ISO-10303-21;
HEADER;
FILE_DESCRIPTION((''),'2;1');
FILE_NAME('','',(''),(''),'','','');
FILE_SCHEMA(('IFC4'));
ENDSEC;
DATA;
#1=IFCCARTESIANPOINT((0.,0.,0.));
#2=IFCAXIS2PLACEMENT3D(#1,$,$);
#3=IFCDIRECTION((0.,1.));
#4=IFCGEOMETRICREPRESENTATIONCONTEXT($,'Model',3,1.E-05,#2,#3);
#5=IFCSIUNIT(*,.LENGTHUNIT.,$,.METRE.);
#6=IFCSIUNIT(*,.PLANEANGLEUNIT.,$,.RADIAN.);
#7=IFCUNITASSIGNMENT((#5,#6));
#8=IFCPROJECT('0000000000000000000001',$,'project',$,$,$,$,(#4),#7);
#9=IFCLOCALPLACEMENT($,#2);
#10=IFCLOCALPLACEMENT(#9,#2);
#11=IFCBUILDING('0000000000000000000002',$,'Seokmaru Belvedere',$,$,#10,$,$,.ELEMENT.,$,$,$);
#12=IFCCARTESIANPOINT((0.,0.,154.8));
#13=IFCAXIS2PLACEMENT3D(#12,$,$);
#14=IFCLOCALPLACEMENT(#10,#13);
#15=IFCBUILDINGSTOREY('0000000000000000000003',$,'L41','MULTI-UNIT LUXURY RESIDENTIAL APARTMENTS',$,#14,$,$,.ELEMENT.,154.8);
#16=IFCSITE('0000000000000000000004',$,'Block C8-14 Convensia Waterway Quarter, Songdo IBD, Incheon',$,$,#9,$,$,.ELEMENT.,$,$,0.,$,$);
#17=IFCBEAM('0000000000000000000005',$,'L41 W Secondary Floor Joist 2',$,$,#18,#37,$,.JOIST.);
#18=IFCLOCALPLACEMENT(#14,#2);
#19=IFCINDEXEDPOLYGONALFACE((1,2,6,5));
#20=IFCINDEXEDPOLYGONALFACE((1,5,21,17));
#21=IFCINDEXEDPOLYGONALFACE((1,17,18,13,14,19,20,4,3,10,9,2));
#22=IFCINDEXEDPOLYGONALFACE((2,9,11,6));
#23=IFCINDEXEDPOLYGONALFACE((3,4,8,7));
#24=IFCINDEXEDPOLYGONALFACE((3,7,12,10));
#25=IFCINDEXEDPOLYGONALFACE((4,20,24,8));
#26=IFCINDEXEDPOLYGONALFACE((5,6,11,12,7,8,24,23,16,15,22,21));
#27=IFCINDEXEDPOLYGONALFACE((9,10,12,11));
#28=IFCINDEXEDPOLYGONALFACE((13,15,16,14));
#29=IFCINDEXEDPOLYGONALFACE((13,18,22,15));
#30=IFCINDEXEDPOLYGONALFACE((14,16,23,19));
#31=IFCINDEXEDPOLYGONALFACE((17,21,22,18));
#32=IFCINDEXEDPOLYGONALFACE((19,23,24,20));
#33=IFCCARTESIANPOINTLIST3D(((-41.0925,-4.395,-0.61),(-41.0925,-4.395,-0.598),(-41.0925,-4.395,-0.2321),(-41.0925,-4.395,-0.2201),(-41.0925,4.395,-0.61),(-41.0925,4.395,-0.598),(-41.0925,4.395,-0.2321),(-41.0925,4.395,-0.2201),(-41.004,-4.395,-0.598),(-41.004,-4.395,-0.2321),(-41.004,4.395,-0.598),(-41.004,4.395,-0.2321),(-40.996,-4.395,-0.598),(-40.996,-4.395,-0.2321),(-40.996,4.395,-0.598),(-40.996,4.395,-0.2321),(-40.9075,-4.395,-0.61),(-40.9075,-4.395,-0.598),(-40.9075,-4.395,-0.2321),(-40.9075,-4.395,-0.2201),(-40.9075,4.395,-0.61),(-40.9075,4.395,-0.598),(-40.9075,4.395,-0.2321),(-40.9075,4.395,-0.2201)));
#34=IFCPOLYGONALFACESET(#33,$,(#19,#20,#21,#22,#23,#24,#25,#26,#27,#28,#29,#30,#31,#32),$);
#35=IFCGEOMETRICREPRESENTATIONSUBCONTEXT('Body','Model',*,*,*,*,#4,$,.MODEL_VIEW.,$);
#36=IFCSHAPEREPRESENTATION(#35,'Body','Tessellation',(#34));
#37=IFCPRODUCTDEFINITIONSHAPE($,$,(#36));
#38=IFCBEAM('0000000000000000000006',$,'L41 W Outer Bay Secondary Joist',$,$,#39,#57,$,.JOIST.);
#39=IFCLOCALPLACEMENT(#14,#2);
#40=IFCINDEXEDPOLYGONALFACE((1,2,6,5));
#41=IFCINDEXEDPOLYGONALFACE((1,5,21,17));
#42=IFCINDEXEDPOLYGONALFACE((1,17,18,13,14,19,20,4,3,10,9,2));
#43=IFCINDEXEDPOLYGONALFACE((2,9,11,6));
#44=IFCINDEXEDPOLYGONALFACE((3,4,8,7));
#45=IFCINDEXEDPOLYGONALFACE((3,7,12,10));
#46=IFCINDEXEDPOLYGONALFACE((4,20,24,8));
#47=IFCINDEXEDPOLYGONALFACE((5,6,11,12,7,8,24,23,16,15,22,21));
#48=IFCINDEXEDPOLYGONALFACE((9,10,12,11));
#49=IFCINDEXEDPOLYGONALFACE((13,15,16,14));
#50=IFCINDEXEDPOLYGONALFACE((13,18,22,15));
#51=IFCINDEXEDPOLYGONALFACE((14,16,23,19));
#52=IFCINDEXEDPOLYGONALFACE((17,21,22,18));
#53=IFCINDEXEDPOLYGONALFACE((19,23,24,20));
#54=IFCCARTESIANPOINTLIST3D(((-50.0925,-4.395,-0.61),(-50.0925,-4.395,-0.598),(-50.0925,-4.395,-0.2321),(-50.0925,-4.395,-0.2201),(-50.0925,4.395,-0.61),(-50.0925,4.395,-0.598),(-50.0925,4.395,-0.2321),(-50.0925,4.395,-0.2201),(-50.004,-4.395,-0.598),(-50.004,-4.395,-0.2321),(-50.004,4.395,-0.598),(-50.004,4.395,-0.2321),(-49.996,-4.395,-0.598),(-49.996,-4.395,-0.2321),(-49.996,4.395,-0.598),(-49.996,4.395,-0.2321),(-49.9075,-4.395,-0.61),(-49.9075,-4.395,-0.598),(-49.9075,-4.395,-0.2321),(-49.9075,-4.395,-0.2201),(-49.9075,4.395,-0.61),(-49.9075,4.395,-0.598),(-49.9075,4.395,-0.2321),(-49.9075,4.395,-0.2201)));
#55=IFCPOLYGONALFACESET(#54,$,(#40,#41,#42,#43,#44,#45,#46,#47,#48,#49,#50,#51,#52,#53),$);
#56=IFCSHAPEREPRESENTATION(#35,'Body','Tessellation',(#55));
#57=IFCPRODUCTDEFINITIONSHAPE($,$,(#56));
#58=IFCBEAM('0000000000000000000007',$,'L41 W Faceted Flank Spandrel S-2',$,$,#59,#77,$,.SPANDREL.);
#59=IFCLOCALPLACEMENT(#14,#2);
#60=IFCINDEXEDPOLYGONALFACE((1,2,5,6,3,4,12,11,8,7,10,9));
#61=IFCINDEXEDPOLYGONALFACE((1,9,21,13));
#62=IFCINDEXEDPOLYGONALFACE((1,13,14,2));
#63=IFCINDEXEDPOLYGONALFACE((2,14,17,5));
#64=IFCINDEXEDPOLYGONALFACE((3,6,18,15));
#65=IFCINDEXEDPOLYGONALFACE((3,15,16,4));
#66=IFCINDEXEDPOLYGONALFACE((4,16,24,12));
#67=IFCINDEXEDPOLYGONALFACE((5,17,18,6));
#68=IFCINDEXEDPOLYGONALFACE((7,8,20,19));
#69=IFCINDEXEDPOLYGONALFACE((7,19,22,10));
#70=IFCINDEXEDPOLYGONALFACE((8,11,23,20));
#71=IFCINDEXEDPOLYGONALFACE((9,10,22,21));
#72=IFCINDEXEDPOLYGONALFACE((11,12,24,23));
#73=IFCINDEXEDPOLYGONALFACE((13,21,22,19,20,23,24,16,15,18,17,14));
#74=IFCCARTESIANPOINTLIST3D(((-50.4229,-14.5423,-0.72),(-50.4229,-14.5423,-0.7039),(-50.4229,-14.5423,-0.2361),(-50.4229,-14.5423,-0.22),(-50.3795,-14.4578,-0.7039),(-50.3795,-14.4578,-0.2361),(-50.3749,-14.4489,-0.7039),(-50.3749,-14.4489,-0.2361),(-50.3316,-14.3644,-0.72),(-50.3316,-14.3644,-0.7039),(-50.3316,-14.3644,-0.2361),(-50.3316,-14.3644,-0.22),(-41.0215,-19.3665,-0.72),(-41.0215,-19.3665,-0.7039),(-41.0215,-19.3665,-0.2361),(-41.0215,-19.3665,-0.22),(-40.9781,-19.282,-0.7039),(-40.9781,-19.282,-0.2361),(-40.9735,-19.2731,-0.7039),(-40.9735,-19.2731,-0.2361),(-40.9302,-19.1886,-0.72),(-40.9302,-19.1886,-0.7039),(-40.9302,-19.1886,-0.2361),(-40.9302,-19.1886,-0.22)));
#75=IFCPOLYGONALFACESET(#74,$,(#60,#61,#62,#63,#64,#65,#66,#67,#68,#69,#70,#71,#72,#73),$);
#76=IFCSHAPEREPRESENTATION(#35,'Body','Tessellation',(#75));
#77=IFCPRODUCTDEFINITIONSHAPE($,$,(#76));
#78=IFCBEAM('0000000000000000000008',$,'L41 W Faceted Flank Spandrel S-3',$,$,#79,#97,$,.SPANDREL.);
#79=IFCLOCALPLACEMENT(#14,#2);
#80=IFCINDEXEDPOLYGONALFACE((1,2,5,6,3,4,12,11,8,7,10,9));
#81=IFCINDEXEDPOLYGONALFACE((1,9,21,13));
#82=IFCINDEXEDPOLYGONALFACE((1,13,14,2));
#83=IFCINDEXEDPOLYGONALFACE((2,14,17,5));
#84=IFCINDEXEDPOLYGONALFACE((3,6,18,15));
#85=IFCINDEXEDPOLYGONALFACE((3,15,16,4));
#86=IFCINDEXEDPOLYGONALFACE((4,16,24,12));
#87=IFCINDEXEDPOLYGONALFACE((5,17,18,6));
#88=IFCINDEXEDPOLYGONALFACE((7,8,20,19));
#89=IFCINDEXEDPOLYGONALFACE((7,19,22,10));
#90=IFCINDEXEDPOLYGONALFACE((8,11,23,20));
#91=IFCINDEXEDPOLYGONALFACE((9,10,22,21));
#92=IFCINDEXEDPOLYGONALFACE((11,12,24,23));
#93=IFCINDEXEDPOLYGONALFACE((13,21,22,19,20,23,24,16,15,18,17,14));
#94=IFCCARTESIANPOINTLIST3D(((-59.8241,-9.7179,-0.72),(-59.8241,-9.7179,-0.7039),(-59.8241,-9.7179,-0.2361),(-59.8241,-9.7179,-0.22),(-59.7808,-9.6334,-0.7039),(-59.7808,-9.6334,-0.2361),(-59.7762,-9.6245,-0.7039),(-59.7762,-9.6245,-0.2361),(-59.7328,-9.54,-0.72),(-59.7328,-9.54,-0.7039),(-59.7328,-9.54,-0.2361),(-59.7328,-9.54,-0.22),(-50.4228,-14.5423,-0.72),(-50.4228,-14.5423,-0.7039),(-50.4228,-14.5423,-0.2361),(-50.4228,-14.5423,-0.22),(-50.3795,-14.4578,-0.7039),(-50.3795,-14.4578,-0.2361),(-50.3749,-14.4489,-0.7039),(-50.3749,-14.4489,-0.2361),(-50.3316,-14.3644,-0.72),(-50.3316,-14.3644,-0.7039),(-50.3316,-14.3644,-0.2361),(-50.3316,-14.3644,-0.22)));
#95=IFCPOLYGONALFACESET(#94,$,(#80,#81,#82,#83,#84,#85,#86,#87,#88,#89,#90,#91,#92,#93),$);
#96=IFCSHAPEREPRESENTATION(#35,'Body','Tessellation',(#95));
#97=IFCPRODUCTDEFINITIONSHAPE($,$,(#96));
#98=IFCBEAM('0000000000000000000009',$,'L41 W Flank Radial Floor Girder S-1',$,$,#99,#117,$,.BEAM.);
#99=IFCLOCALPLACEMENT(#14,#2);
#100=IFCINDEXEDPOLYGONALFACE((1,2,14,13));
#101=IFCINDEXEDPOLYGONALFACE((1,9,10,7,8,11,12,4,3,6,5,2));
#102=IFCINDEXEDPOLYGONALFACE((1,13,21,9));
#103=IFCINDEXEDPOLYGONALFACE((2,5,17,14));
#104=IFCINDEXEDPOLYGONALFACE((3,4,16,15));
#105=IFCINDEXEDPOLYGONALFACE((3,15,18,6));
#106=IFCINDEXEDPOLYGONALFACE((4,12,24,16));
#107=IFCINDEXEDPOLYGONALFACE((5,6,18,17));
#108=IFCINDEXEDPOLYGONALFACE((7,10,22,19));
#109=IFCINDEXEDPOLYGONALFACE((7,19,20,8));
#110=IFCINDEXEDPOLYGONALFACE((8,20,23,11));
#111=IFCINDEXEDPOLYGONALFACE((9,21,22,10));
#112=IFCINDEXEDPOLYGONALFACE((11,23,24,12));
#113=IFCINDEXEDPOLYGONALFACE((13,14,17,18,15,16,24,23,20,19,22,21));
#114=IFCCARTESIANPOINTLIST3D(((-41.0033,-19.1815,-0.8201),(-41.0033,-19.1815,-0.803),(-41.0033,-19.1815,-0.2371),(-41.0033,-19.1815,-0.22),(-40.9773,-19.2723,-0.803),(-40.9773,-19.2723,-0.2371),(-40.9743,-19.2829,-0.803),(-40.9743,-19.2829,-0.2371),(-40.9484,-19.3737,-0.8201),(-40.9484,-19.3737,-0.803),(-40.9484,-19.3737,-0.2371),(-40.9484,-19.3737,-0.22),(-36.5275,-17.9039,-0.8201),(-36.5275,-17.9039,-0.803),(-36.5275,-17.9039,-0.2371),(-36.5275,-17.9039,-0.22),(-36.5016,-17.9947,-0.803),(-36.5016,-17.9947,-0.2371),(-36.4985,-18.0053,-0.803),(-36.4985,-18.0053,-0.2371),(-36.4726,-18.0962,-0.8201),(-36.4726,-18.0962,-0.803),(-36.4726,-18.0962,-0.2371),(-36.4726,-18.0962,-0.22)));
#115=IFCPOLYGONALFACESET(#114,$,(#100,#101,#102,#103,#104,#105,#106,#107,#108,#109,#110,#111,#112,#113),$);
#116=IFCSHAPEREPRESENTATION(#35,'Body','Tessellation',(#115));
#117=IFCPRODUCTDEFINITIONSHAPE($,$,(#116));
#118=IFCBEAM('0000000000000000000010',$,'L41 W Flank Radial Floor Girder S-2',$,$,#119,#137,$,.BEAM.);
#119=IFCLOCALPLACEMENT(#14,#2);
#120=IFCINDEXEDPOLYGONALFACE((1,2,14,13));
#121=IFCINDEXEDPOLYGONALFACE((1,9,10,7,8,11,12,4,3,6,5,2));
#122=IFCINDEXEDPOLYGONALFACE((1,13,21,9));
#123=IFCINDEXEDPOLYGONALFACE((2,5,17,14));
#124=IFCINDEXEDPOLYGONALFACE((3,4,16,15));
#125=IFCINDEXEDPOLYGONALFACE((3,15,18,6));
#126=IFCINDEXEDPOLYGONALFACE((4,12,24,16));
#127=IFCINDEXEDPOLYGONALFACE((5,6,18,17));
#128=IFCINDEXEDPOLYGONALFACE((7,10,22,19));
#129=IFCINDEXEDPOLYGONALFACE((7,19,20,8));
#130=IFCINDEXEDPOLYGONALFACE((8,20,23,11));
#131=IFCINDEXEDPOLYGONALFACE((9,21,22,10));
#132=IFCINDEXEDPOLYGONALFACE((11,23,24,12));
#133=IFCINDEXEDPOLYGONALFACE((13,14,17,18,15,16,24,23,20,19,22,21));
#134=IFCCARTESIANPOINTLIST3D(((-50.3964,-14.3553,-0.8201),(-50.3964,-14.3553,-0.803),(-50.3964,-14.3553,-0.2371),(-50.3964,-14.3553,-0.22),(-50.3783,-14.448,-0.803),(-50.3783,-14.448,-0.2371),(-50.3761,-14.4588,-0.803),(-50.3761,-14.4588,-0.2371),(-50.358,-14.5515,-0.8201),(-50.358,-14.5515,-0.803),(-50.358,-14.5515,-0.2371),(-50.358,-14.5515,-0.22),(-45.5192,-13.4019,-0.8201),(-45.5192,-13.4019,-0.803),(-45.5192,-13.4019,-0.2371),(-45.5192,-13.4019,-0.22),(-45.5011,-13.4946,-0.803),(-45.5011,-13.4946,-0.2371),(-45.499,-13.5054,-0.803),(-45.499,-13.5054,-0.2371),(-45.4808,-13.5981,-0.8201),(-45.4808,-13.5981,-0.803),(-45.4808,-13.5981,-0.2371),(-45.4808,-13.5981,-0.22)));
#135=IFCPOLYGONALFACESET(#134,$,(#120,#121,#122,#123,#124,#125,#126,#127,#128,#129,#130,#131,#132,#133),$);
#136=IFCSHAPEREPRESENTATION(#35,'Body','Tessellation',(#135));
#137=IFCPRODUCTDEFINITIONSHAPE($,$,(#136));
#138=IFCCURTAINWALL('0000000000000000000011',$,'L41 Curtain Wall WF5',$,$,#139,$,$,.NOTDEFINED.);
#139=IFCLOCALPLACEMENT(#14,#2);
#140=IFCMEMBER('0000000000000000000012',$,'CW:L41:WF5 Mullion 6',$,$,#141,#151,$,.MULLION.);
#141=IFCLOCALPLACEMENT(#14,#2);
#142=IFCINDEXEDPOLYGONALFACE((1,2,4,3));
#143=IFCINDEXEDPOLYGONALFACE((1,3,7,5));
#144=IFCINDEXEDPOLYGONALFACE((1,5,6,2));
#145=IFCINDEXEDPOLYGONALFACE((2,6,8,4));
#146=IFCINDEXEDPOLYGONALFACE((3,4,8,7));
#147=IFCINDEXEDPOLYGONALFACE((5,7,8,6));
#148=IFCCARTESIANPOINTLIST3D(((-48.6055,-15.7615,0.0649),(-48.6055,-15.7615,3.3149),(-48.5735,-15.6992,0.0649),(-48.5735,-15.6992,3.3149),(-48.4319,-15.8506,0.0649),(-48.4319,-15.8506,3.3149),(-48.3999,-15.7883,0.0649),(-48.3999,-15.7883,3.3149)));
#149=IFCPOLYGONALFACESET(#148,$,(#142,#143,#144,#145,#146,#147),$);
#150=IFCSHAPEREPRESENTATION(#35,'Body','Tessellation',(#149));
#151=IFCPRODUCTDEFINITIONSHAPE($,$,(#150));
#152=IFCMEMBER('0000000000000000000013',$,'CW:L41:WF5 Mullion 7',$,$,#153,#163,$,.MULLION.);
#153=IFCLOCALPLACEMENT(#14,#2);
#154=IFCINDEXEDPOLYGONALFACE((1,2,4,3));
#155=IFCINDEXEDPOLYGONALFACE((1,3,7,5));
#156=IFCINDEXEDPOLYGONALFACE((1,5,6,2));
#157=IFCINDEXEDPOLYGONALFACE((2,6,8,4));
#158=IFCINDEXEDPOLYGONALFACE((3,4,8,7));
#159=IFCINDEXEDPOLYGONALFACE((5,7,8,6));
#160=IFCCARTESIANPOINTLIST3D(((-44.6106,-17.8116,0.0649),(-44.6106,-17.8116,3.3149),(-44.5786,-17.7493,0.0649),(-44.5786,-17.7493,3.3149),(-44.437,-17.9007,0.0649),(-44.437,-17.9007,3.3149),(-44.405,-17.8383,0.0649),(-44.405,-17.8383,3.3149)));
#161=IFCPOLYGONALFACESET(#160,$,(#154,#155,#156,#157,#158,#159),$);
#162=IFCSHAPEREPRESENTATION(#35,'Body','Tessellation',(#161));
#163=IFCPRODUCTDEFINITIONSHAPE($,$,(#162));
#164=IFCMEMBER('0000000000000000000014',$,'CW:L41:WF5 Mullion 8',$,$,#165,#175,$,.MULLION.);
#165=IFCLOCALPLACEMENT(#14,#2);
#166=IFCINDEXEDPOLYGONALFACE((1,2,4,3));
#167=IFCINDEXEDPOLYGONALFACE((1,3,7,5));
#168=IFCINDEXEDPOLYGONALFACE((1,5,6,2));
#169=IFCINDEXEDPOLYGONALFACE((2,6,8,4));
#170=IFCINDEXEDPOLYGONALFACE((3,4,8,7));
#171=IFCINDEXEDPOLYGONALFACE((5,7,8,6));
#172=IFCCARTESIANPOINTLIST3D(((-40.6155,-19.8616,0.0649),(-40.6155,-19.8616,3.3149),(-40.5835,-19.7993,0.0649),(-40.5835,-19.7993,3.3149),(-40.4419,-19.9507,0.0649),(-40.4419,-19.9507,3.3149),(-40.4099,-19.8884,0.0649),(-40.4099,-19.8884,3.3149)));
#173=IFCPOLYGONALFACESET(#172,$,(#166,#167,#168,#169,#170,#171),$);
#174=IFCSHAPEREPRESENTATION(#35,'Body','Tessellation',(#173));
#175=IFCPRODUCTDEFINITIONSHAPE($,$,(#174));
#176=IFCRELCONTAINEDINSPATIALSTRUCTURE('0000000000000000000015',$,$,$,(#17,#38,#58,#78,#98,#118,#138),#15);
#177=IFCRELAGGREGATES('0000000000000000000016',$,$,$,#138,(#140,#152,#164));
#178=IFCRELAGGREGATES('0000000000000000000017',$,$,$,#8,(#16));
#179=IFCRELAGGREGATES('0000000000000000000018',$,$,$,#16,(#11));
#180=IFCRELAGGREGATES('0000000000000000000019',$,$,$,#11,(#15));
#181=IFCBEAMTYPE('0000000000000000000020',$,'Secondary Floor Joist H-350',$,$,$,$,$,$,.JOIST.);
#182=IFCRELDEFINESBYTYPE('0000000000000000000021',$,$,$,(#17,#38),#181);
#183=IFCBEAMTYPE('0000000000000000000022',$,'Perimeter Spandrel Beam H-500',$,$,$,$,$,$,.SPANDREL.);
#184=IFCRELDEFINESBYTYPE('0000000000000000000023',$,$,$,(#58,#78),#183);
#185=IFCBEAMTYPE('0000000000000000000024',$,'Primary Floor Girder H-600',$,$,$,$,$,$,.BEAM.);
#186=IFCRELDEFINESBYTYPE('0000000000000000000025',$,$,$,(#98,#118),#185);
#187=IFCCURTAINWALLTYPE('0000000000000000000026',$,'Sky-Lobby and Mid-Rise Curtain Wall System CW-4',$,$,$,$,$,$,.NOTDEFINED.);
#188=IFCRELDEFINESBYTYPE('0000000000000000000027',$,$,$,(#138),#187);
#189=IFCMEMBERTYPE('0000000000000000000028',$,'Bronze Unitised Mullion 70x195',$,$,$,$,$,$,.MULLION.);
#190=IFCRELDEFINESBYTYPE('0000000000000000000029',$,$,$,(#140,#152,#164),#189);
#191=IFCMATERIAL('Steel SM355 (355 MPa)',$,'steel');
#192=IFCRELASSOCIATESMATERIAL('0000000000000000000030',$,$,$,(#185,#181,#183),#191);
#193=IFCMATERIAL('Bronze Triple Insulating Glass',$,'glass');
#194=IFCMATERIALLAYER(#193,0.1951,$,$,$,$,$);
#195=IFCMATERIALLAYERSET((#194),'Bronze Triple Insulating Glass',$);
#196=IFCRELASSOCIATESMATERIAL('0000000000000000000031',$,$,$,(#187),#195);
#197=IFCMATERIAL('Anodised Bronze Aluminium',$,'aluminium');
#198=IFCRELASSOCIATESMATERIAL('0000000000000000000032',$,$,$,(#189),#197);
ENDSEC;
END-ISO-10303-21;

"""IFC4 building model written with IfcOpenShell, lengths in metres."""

from ifc_helpers import new_model, si_unit, direction, frame, origin, origin_2d, place, context, subcontext, project, spatial, rectangle, i_section, extrude, source, transform, mapped, material, layer, layer_set, material_profile, profile_set, type_object, type_shapes, element, aggregate, save


model = new_model("IFC4")

# Units and contexts
model_context = context("Model", 3, precision=1e-05, world=origin(), true_north=direction((0.0, 1.0)))
body_context = subcontext(model_context, "Body", "Model", "MODEL_VIEW")
ifc_project = project(units=[si_unit("LENGTHUNIT", "METRE"), si_unit("PLANEANGLEUNIT", "RADIAN")], contexts=[model_context])

# Site, building, storey
site_placement = place(None, origin())
site = spatial("IfcSite", under=ifc_project, at=site_placement, Name="Block C8-14 Convensia Waterway Quarter, Songdo IBD, Incheon", CompositionType="ELEMENT", RefElevation=0.0)
building_placement = place(site_placement, origin())
building = spatial("IfcBuilding", under=site, at=building_placement, Name="Seokmaru Belvedere", CompositionType="ELEMENT")
storey_placement = place(building_placement, frame((0.0, 0.0, 154.8)))
storey = spatial("IfcBuildingStorey", under=building, at=storey_placement, Name="L41", Description="MULTI-UNIT LUXURY RESIDENTIAL APARTMENTS", CompositionType="ELEMENT", Elevation=154.8)

# Shared definitions
ifc_material_1 = material(Name="Steel SM355 (355 MPa)", Category="steel")

# Beams
ifc_material_profile_1 = material_profile(ifc_material_1, i_section(OverallWidth=0.2, OverallDepth=0.6001, WebThickness=0.011, FlangeThickness=0.0171, at=origin_2d()), Name="H-600x200x11x17")
ifc_profile_set_1 = profile_set([ifc_material_profile_1], Name="Steel SM355 (355 MPa)")
beam_type_1 = type_object("IfcBeamType", Name="Primary Floor Girder H-600", PredefinedType="BEAM", material=ifc_profile_set_1)
ifc_material_profile_2 = material_profile(ifc_material_1, i_section(OverallWidth=0.1851, OverallDepth=0.3899, WebThickness=0.0081, FlangeThickness=0.012, at=origin_2d()), Name="H-390x185x8x12")
ifc_profile_set_2 = profile_set([ifc_material_profile_2], Name="Steel SM355 (355 MPa)")
beam_type_2 = type_object("IfcBeamType", Name="Secondary Floor Joist H-350", PredefinedType="JOIST", material=ifc_profile_set_2)
shared_shape_1 = source(origin(), body_context, "Body", "SweptSolid", [
    extrude(i_section(OverallWidth=0.1851, OverallDepth=0.3899, WebThickness=0.0081, FlangeThickness=0.012, at=origin_2d()), origin(), (0.0, 0.0, 1.0), 8.79),
])
type_shapes(beam_type_2, [shared_shape_1])
for number, where, z_axis, x_axis, name in (
    (1, (-41.0, -4.395, -0.415), (0.0, 1.0, 0.0), (-1.0, 0.0, 0.0), "L41 W Secondary Floor Joist 2"),
    (2, (-50.0, -4.395, -0.415), (0.0, 1.0, 0.0), (-1.0, 0.0, 0.0), "L41 W Outer Bay Secondary Joist"),
):
    element("IfcBeam", number, at=place(storey_placement, frame(where, z_axis=z_axis, x_axis=x_axis)), inside=storey, type_object=beam_type_2, Name=name, PredefinedType="JOIST", context=body_context, shape_type="MappedRepresentation", body=[
        mapped(shared_shape_1, transform((0.0, 0.0, 0.0), scale=1.0)),
    ])
ifc_material_profile_3 = material_profile(ifc_material_1, i_section(OverallWidth=0.2, OverallDepth=0.5, WebThickness=0.01, FlangeThickness=0.0161, at=origin_2d()), Name="H-500x200x10x16")
ifc_profile_set_3 = profile_set([ifc_material_profile_3], Name="Steel SM355 (355 MPa)")
beam_type_3 = type_object("IfcBeamType", Name="Perimeter Spandrel Beam H-500", PredefinedType="SPANDREL", material=ifc_profile_set_3)
shared_shape_2 = source(origin(), body_context, "Body", "SweptSolid", [
    extrude(i_section(OverallWidth=0.2, OverallDepth=0.5, WebThickness=0.01, FlangeThickness=0.0161, at=origin_2d()), origin(), (0.0, 0.0, 1.0), 10.5669),
])
type_shapes(beam_type_3, [shared_shape_2])
for number, where, z_axis, x_axis, name in (
    (3, (-40.9758, -19.2776, -0.47), (-0.889702, 0.456542, 0.0), (-0.456542, -0.889702, 0.0), "L41 W Faceted Flank Spandrel S-2"),
    (4, (-50.3772, -14.4534, -0.47), (-0.889693, 0.45656, 0.0), (-0.45656, -0.889693, 0.0), "L41 W Faceted Flank Spandrel S-3"),
):
    element("IfcBeam", number, at=place(storey_placement, frame(where, z_axis=z_axis, x_axis=x_axis)), inside=storey, type_object=beam_type_3, Name=name, PredefinedType="SPANDREL", context=body_context, shape_type="MappedRepresentation", body=[
        mapped(shared_shape_2, transform((0.0, 0.0, 0.0), scale=1.0)),
    ])
shared_shape_3 = source(origin(), body_context, "Body", "SweptSolid", [
    extrude(i_section(OverallWidth=0.2, OverallDepth=0.6001, WebThickness=0.011, FlangeThickness=0.0171, at=origin_2d()), origin(), (0.0, 0.0, 1.0), 4.6545),
])
beam_1_placement = place(storey_placement, frame((-40.9758, -19.2776, -0.52), z_axis=(0.961593, 0.274479, 0.0), x_axis=(-0.274479, 0.961593, 0.0)))
element("IfcBeam", 5, at=beam_1_placement, inside=storey, type_object=beam_type_1, Name="L41 W Flank Radial Floor Girder S-1", PredefinedType="BEAM", context=body_context, shape_type="MappedRepresentation", body=[
    mapped(shared_shape_3, transform((0.0, 0.0, 0.0), scale=1.0)),
])
shared_shape_4 = source(origin(), body_context, "Body", "SweptSolid", [
    extrude(i_section(OverallWidth=0.2, OverallDepth=0.6001, WebThickness=0.011, FlangeThickness=0.0171, at=origin_2d()), origin(), (0.0, 0.0, 1.0), 4.9695),
])
beam_2_placement = place(storey_placement, frame((-50.3772, -14.4534, -0.52), z_axis=(0.981425, 0.191844, 0.0), x_axis=(-0.191844, 0.981425, 0.0)))
element("IfcBeam", 6, at=beam_2_placement, inside=storey, type_object=beam_type_1, Name="L41 W Flank Radial Floor Girder S-2", PredefinedType="BEAM", context=body_context, shape_type="MappedRepresentation", body=[
    mapped(shared_shape_4, transform((0.0, 0.0, 0.0), scale=1.0)),
])

# Curtain wall, members
ifc_material_2 = material(Name="Bronze Triple Insulating Glass", Category="glass")
ifc_layer_1 = layer(ifc_material_2, 0.1951)
ifc_layer_set_1 = layer_set([ifc_layer_1], Name="Bronze Triple Insulating Glass")
curtain_wall_type = type_object("IfcCurtainWallType", Name="Sky-Lobby and Mid-Rise Curtain Wall System CW-4", PredefinedType="NOTDEFINED", material=ifc_layer_set_1)
curtain_wall_placement = place(storey_placement, origin())
curtain_wall = element("IfcCurtainWall", 7, at=curtain_wall_placement, inside=storey, type_object=curtain_wall_type, Name="L41 Curtain Wall WF5", PredefinedType="NOTDEFINED")
ifc_material_3 = material(Name="Anodised Bronze Aluminium", Category="aluminium")
ifc_material_profile_4 = material_profile(ifc_material_3, rectangle(XDim=0.0701, YDim=0.1951, at=origin_2d()), Name="CW-M-70x195")
ifc_profile_set_4 = profile_set([ifc_material_profile_4], Name="Anodised Bronze Aluminium")
member_type = type_object("IfcMemberType", Name="Bronze Unitised Mullion 70x195", PredefinedType="MULLION", material=ifc_profile_set_4)
shared_shape_5 = source(origin(), body_context, "Body", "SweptSolid", [
    extrude(rectangle(XDim=0.0701, YDim=0.1951, at=origin_2d()), origin(), (0.0, 0.0, 1.0), 3.25),
])
type_shapes(member_type, [shared_shape_5])
member_1_placement = place(storey_placement, frame((-48.5027, -15.7749, 0.0649), z_axis=(0.0, 0.0, 1.0), x_axis=(0.456555, 0.889695, 0.0)))
member_1 = element("IfcMember", 8, at=member_1_placement, type_object=member_type, Name="CW:L41:WF5 Mullion 6", PredefinedType="MULLION", context=body_context, shape_type="MappedRepresentation", body=[
    mapped(shared_shape_5, transform((0.0, 0.0, 0.0), scale=1.0)),
])
member_2_placement = place(storey_placement, frame((-44.5078, -17.825, 0.0649), z_axis=(0.0, 0.0, 1.0), x_axis=(0.456555, 0.889695, 0.0)))
member_2 = element("IfcMember", 9, at=member_2_placement, type_object=member_type, Name="CW:L41:WF5 Mullion 7", PredefinedType="MULLION", context=body_context, shape_type="MappedRepresentation", body=[
    mapped(shared_shape_5, transform((0.0, 0.0, 0.0), scale=1.0)),
])
member_3_placement = place(storey_placement, frame((-40.5127, -19.875, 0.0649), z_axis=(0.0, 0.0, 1.0), x_axis=(0.456555, 0.889695, 0.0)))
member_3 = element("IfcMember", 10, at=member_3_placement, type_object=member_type, Name="CW:L41:WF5 Mullion 8", PredefinedType="MULLION", context=body_context, shape_type="MappedRepresentation", body=[
    mapped(shared_shape_5, transform((0.0, 0.0, 0.0), scale=1.0)),
])
aggregate(curtain_wall, [member_1, member_2, member_3])

save(model, "model.ifc")
